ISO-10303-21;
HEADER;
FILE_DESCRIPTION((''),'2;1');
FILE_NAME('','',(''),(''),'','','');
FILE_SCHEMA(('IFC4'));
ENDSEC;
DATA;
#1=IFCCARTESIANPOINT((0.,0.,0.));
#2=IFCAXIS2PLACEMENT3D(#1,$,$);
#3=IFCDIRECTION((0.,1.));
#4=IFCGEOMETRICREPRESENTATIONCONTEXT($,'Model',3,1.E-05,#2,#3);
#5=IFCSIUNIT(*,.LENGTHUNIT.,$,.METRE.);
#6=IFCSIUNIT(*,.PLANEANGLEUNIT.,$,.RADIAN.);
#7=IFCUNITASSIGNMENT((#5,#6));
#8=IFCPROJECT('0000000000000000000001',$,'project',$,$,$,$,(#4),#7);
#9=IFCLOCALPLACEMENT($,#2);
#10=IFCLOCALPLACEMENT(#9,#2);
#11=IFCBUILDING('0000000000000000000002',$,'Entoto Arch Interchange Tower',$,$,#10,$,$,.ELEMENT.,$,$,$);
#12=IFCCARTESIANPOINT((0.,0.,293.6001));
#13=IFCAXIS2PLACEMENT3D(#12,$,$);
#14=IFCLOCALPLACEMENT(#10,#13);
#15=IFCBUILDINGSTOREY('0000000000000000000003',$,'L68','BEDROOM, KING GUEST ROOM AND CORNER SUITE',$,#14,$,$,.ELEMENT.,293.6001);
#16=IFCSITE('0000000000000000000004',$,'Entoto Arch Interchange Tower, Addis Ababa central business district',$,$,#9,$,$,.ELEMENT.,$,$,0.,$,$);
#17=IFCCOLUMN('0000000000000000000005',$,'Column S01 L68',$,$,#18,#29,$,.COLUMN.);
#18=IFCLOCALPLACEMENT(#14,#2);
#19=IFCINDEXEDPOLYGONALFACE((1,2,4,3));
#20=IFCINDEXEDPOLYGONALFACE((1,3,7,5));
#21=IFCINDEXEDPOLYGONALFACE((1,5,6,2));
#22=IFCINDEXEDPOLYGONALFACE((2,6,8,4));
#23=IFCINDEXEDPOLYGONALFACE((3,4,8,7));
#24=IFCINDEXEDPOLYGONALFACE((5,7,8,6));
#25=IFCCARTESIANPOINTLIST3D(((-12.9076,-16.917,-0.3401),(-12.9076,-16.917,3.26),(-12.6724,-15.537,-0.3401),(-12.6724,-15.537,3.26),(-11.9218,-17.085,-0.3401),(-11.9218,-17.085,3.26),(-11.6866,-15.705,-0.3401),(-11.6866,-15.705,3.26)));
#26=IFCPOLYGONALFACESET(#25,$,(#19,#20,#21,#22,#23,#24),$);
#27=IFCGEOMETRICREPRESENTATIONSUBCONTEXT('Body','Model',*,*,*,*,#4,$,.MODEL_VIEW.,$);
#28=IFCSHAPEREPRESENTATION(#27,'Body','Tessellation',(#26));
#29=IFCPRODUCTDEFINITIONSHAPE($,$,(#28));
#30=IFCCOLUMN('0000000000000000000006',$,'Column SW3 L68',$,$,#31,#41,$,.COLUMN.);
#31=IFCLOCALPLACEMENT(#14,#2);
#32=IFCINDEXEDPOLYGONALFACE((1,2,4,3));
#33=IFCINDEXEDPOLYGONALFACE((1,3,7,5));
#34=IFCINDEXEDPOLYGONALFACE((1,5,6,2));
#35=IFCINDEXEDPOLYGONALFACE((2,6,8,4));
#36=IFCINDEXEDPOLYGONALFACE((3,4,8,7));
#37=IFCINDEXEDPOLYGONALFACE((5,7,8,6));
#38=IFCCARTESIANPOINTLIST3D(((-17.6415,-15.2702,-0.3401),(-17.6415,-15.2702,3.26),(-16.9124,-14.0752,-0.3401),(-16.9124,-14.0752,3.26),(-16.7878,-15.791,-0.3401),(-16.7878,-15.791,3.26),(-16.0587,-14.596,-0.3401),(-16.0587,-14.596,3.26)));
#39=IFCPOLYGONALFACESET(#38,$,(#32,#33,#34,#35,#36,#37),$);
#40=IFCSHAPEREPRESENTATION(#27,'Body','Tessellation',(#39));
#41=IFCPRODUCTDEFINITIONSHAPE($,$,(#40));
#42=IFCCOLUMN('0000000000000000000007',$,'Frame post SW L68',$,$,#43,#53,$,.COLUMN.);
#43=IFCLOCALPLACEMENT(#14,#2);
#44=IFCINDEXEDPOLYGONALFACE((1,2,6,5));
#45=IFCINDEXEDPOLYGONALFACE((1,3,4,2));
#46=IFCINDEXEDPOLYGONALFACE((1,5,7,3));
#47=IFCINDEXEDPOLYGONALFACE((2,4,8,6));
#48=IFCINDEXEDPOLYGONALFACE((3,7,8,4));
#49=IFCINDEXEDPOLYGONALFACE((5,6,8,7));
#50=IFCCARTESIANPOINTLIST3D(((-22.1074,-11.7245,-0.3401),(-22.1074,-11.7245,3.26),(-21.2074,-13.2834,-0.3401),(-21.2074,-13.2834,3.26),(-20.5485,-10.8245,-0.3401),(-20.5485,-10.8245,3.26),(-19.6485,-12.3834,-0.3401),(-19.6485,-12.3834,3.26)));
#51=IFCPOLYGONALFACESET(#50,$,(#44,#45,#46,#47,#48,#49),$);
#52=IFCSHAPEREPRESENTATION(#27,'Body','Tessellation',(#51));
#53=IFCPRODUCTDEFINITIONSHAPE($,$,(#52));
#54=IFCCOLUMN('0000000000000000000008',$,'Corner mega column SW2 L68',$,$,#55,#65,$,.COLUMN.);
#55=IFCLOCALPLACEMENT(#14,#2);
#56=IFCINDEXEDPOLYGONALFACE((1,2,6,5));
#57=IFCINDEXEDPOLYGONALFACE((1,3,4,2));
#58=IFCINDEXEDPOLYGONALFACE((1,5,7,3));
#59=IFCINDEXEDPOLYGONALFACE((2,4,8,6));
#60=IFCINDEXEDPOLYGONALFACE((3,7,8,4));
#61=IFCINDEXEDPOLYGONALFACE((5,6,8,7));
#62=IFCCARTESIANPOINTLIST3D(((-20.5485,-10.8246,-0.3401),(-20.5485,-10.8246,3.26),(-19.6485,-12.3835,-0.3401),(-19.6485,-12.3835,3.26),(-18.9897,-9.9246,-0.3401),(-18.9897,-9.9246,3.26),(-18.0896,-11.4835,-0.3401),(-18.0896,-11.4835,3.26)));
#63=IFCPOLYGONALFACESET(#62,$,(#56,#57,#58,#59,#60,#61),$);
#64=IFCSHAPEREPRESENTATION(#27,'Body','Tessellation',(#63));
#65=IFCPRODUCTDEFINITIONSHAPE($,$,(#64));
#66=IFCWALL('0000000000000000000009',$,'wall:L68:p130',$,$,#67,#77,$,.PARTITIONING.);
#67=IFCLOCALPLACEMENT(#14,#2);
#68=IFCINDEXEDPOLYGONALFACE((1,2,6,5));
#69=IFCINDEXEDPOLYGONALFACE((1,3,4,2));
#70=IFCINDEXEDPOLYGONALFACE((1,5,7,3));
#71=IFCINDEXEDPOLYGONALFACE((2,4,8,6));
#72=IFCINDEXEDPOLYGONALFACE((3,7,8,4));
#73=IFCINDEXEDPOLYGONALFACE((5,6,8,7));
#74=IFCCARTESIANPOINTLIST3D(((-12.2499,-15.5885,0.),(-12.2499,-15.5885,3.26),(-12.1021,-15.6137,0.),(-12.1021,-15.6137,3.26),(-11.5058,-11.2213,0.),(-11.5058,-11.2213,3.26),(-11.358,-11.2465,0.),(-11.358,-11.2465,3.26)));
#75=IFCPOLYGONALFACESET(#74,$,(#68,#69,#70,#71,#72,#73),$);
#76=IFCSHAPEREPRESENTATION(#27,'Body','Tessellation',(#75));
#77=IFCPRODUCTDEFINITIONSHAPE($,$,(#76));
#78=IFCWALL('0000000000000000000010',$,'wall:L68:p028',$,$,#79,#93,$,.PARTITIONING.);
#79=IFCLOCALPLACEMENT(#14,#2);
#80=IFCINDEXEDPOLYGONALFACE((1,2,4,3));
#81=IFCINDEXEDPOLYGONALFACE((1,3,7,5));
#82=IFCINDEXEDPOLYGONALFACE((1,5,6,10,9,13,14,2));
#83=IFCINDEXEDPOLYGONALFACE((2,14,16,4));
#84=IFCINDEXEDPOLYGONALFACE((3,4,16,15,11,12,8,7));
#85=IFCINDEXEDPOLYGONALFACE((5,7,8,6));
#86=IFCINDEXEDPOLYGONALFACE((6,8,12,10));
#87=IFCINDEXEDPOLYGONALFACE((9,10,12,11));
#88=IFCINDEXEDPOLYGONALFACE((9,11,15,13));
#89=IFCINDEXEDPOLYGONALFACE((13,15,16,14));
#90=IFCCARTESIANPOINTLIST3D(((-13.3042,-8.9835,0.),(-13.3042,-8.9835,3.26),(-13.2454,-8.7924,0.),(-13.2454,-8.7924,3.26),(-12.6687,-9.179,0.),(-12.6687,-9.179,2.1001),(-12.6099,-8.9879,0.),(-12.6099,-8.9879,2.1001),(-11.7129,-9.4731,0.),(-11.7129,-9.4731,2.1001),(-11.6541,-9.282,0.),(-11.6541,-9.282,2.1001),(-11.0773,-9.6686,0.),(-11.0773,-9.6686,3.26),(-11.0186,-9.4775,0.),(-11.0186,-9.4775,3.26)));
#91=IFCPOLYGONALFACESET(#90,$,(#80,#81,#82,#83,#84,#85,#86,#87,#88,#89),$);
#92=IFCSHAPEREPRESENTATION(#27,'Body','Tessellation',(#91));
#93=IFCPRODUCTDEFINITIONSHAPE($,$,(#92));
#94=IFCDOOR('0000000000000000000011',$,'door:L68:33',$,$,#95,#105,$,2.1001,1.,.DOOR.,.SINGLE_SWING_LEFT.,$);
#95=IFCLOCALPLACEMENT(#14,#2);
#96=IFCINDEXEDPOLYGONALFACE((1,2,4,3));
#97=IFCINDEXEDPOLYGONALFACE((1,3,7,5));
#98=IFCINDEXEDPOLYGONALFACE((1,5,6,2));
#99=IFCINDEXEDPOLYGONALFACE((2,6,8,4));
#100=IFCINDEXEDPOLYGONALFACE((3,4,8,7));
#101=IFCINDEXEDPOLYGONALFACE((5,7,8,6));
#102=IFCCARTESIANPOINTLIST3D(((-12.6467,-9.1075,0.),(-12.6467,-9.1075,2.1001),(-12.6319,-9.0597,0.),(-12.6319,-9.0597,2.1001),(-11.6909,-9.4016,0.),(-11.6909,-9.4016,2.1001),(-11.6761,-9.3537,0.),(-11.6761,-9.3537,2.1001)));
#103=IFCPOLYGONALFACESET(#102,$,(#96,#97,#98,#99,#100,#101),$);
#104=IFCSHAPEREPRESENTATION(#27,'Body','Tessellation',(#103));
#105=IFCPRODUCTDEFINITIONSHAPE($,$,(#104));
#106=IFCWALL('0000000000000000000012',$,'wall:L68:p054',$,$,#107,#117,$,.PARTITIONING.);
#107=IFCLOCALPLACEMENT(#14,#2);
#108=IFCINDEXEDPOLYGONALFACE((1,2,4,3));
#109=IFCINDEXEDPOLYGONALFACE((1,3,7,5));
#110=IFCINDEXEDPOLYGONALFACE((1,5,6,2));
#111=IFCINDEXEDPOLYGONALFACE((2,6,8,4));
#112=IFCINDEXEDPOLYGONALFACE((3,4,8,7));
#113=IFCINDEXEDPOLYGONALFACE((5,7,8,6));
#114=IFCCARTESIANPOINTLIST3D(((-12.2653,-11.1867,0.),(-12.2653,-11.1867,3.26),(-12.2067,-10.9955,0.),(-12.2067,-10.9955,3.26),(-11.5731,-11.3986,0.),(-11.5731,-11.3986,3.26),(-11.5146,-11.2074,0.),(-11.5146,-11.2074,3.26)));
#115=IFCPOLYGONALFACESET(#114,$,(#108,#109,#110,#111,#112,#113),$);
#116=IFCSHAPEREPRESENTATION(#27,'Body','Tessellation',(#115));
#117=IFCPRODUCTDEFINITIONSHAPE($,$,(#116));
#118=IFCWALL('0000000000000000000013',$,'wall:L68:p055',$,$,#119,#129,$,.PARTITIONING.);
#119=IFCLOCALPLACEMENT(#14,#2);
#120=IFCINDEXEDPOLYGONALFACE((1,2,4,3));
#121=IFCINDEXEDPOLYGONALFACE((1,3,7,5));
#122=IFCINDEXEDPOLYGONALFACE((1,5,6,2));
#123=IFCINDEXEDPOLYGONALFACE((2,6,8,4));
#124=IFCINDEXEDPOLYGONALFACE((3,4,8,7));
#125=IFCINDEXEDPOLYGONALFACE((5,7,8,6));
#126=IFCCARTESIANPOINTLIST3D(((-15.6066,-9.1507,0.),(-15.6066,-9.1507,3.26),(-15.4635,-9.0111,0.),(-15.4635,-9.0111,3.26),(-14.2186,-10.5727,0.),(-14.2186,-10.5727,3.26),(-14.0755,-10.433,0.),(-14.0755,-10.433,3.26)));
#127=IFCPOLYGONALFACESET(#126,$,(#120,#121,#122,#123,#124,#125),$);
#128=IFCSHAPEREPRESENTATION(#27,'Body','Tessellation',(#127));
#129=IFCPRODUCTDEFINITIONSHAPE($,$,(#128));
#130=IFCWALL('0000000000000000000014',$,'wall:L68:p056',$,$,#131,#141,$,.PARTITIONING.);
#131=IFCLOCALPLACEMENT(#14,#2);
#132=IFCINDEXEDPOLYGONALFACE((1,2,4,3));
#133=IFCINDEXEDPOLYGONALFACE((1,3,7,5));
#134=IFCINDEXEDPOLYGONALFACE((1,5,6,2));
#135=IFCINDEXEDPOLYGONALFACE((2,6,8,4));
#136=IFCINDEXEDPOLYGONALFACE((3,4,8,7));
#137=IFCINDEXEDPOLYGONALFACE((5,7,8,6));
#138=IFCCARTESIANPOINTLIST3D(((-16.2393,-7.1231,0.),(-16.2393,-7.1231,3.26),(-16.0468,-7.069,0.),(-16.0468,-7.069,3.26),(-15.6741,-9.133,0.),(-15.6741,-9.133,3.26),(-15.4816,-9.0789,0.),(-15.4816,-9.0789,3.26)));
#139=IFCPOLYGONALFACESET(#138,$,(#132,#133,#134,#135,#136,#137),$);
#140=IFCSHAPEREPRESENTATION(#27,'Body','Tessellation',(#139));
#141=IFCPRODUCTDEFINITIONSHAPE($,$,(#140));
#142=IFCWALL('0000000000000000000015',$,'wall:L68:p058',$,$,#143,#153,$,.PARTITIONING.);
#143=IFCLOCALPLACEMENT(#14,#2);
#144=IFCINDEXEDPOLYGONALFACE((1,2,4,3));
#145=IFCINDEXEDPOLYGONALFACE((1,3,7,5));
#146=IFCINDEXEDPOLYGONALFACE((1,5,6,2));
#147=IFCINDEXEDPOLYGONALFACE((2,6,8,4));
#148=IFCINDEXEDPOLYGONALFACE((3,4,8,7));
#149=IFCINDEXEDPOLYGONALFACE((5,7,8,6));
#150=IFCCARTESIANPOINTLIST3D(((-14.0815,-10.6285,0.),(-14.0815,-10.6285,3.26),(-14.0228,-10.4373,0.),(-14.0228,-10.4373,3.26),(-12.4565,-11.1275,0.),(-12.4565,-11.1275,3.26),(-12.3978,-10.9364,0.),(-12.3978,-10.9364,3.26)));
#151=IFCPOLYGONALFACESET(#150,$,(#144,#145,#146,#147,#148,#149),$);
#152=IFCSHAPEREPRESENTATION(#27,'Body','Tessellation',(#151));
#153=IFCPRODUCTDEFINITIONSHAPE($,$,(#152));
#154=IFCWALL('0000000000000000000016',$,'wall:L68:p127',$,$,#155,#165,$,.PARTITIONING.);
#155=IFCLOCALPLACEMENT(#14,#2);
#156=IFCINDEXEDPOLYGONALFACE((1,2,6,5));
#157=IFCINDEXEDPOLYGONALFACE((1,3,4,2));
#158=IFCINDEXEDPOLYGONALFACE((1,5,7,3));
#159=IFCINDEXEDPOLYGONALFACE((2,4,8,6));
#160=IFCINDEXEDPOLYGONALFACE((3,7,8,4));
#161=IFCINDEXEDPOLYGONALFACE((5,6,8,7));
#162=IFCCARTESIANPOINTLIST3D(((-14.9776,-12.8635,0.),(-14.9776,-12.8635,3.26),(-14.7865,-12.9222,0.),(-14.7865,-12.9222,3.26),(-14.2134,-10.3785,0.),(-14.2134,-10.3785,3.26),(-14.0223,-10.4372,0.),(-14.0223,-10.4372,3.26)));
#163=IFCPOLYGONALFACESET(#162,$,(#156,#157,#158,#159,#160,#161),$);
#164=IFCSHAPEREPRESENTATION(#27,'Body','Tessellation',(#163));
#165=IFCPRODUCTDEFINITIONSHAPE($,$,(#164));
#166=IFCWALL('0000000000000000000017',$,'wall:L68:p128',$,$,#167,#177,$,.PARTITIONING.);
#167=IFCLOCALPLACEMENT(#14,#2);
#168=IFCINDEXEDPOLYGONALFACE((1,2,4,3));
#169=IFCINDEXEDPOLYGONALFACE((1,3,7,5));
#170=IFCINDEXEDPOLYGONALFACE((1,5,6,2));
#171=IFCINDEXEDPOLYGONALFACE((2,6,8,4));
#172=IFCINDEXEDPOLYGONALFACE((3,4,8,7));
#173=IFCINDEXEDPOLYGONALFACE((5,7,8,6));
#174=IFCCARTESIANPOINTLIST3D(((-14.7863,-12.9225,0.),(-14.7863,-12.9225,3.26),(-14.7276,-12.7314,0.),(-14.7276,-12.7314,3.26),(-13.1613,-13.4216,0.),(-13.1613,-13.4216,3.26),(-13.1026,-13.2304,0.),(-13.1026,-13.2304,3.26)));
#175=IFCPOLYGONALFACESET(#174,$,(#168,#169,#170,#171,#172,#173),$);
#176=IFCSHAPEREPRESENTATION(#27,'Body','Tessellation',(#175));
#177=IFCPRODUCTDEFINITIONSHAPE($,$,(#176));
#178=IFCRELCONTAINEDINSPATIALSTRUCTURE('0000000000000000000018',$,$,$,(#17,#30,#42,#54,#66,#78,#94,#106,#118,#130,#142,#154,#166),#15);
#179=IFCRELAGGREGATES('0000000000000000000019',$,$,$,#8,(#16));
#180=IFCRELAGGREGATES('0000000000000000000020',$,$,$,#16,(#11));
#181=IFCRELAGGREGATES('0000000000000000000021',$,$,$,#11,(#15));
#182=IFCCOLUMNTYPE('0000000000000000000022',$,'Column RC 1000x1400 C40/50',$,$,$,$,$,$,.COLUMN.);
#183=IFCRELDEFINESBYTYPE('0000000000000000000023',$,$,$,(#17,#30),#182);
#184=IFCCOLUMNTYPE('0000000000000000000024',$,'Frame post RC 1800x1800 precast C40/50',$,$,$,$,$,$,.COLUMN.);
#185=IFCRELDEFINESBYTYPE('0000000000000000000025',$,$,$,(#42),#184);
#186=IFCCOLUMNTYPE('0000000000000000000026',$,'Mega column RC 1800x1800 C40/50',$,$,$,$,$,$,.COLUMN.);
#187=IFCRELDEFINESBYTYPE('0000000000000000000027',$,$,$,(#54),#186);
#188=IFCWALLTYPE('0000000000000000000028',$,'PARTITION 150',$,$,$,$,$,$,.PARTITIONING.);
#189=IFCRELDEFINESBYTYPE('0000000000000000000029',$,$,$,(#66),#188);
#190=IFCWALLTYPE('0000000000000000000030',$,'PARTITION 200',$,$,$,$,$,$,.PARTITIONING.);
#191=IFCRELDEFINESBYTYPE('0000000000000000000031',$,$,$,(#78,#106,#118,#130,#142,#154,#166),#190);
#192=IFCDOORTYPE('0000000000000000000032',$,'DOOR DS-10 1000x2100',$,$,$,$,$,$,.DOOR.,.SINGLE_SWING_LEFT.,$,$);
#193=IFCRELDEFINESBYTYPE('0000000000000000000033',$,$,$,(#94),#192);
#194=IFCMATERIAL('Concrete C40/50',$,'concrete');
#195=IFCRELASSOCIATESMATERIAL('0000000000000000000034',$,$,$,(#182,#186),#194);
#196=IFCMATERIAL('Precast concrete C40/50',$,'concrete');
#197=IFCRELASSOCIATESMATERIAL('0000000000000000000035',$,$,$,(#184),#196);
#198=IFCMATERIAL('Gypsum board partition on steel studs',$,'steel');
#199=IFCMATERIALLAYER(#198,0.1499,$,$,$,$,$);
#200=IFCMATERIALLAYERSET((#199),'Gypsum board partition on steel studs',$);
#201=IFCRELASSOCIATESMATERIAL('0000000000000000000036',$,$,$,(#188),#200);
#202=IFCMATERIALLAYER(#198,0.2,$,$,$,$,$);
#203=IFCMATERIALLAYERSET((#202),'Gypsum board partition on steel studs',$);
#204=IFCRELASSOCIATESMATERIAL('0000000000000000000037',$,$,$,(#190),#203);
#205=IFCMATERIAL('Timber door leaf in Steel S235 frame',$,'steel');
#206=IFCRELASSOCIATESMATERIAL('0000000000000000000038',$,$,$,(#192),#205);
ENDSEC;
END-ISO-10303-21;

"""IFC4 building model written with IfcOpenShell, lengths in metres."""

from ifc_helpers import new_model, si_unit, direction, frame, frame_2d, origin, origin_2d, place, context, subcontext, project, spatial, rectangle, extrude, material, layer, layer_set, material_profile, profile_set, type_object, element, fill, save


model = new_model("IFC4")

# Units and contexts
model_context = context("Model", 3, precision=1e-05, world=origin(), true_north=direction((0.0, 1.0)))
body_context = subcontext(model_context, "Body", "Model", "MODEL_VIEW")
ifc_project = project(units=[si_unit("LENGTHUNIT", "METRE"), si_unit("PLANEANGLEUNIT", "RADIAN")], contexts=[model_context])

# Site, building, storey
site_placement = place(None, origin())
site = spatial("IfcSite", under=ifc_project, at=site_placement, Name="Entoto Arch Interchange Tower, Addis Ababa central business district", CompositionType="ELEMENT", RefElevation=0.0)
building_placement = place(site_placement, origin())
building = spatial("IfcBuilding", under=site, at=building_placement, Name="Entoto Arch Interchange Tower", CompositionType="ELEMENT")
storey_placement = place(building_placement, frame((0.0, 0.0, 293.6001)))
storey = spatial("IfcBuildingStorey", under=building, at=storey_placement, Name="L68", Description="BEDROOM, KING GUEST ROOM AND CORNER SUITE", CompositionType="ELEMENT", Elevation=293.6001)

# Columns
ifc_material_1 = material(Name="Concrete C40/50", Category="concrete")
ifc_material_profile_1 = material_profile(ifc_material_1, rectangle(XDim=1.0, YDim=1.3999, at=origin_2d()))
ifc_profile_set_1 = profile_set([ifc_material_profile_1], Name="Concrete C40/50")
column_type_1 = type_object("IfcColumnType", Name="Column RC 1000x1400 C40/50", PredefinedType="COLUMN", material=ifc_profile_set_1)
for number, where, z_axis, x_axis, name in (
    (1, (-12.2971, -16.311, -0.3401), (0.0, 0.0, 1.0), (-0.985786, 0.168008, 0.0), "Column S01 L68"),
    (2, (-16.8501, -14.9331, -0.3401), (0.0, 0.0, 1.0), (-0.853651, 0.520846, 0.0), "Column SW3 L68"),
):
    element("IfcColumn", number, at=place(storey_placement, frame(where, z_axis=z_axis, x_axis=x_axis)), inside=storey, type_object=column_type_1, Name=name, PredefinedType="COLUMN", context=body_context, shape_type="SweptSolid", body=[
        extrude(rectangle(XDim=1.0, YDim=1.3999, at=origin_2d()), origin(), (0.0, 0.0, 1.0), 3.6001),
    ])
ifc_material_2 = material(Name="Precast concrete C40/50", Category="concrete")
ifc_material_profile_2 = material_profile(ifc_material_2, rectangle(XDim=1.8, YDim=1.8, at=origin_2d()))
ifc_profile_set_2 = profile_set([ifc_material_profile_2], Name="Precast concrete C40/50")
column_type_2 = type_object("IfcColumnType", Name="Frame post RC 1800x1800 precast C40/50", PredefinedType="COLUMN", material=ifc_profile_set_2)
column_1_placement = place(storey_placement, frame((-20.8779, -12.054, -0.3401), z_axis=(0.0, 0.0, 1.0), x_axis=(0.866025, 0.5, 0.0)))
element("IfcColumn", 3, at=column_1_placement, inside=storey, type_object=column_type_2, Name="Frame post SW L68", PredefinedType="COLUMN", context=body_context, shape_type="SweptSolid", body=[
    extrude(rectangle(XDim=1.8, YDim=1.8, at=origin_2d()), origin(), (0.0, 0.0, 1.0), 3.6001),
])
ifc_material_profile_3 = material_profile(ifc_material_1, rectangle(XDim=1.8, YDim=1.8, at=origin_2d()))
ifc_profile_set_3 = profile_set([ifc_material_profile_3], Name="Concrete C40/50")
column_type_3 = type_object("IfcColumnType", Name="Mega column RC 1800x1800 C40/50", PredefinedType="COLUMN", material=ifc_profile_set_3)
column_2_placement = place(storey_placement, frame((-19.3191, -11.1541, -0.3401), z_axis=(0.0, 0.0, 1.0), x_axis=(0.866025, 0.5, 0.0)))
element("IfcColumn", 4, at=column_2_placement, inside=storey, type_object=column_type_3, Name="Corner mega column SW2 L68", PredefinedType="COLUMN", context=body_context, shape_type="SweptSolid", body=[
    extrude(rectangle(XDim=1.8, YDim=1.8, at=origin_2d()), origin(), (0.0, 0.0, 1.0), 3.6001),
])

# Wall
ifc_material_3 = material(Name="Gypsum board partition on steel studs", Category="steel")
ifc_layer_1 = layer(ifc_material_3, 0.1499)
ifc_layer_set_1 = layer_set([ifc_layer_1], Name="Gypsum board partition on steel studs")
wall_type_1 = type_object("IfcWallType", Name="PARTITION 150", PredefinedType="PARTITIONING", material=ifc_layer_set_1)
wall_1_placement = place(storey_placement, frame((-11.4319, -11.2339, 0.0), z_axis=(0.0, 0.0, 1.0), x_axis=(-0.167973, -0.985792, 0.0)))
element("IfcWall", 5, at=wall_1_placement, inside=storey, type_object=wall_type_1, Name="wall:L68:p130", PredefinedType="PARTITIONING", context=body_context, shape_type="SweptSolid", body=[
    extrude(rectangle(XDim=4.4302, YDim=0.1499, at=frame_2d((2.2151, 0.0))), origin(), (0.0, 0.0, 1.0), 3.26),
])

# Wall, opening, door
ifc_layer_2 = layer(ifc_material_3, 0.2)
ifc_layer_set_2 = layer_set([ifc_layer_2], Name="Gypsum board partition on steel studs")
wall_type_2 = type_object("IfcWallType", Name="PARTITION 200", PredefinedType="PARTITIONING", material=ifc_layer_set_2)
wall_2_placement = place(storey_placement, frame((-13.2749, -8.8879, 0.0), z_axis=(0.0, 0.0, 1.0), x_axis=(0.955793, -0.294042, 0.0)))
wall_2 = element("IfcWall", 6, at=wall_2_placement, inside=storey, type_object=wall_type_2, Name="wall:L68:p028", PredefinedType="PARTITIONING", context=body_context, shape_type="SweptSolid", body=[
    extrude(rectangle(XDim=2.3298, YDim=0.2, at=frame_2d((1.165, 0.0))), origin(), (0.0, 0.0, 1.0), 3.26),
])
opening_1_placement = place(wall_2_placement, frame((0.665, 0.0, 0.0)))
opening_1 = element("IfcOpeningElement", 7, at=opening_1_placement, cuts=wall_2, PredefinedType="OPENING", context=body_context, shape_type="SweptSolid", body=[
    extrude(rectangle(XDim=1.0, YDim=2.1001, at=frame_2d((0.5, 1.05))), frame((0.0, 0.1099, 0.0), z_axis=(0.0, -1.0, 0.0), x_axis=(1.0, 0.0, 0.0)), (0.0, 0.0, 1.0), 0.22),
])
ifc_material_4 = material(Name="Timber door leaf in Steel S235 frame", Category="steel")
door_type_1 = type_object("IfcDoorType", Name="DOOR DS-10 1000x2100", OperationType="SINGLE_SWING_LEFT", PredefinedType="DOOR", material=ifc_material_4)
door_1_placement = place(opening_1_placement, origin())
door_1 = element("IfcDoor", 8, at=door_1_placement, inside=storey, type_object=door_type_1, Name="door:L68:33", OperationType="SINGLE_SWING_LEFT", OverallHeight=2.1001, OverallWidth=1.0, PredefinedType="DOOR", context=body_context, shape_type="SweptSolid", body=[
    extrude(rectangle(XDim=1.0, YDim=2.1001, at=frame_2d((0.5, 1.05))), frame((0.0, 0.0249, 0.0), z_axis=(0.0, -1.0, 0.0), x_axis=(1.0, 0.0, 0.0)), (0.0, 0.0, 1.0), 0.05),
])
fill(opening_1, door_1)

# Walls
wall_3_placement = place(storey_placement, frame((-11.5439, -11.303, 0.0), z_axis=(0.0, 0.0, 1.0), x_axis=(-0.956186, 0.292758, 0.0)))
element("IfcWall", 9, at=wall_3_placement, inside=storey, type_object=wall_type_2, Name="wall:L68:p054", PredefinedType="PARTITIONING", context=body_context, shape_type="SweptSolid", body=[
    extrude(rectangle(XDim=0.7239, YDim=0.2, at=frame_2d((0.3618, 0.0))), origin(), (0.0, 0.0, 1.0), 3.26),
])
wall_4_placement = place(storey_placement, frame((-14.147, -10.5029, 0.0), z_axis=(0.0, 0.0, 1.0), x_axis=(-0.698516, 0.715595, 0.0)))
element("IfcWall", 10, at=wall_4_placement, inside=storey, type_object=wall_type_2, Name="wall:L68:p055", PredefinedType="PARTITIONING", context=body_context, shape_type="SweptSolid", body=[
    extrude(rectangle(XDim=1.9871, YDim=0.2, at=frame_2d((0.9937, 0.0))), origin(), (0.0, 0.0, 1.0), 3.26),
])
wall_5_placement = place(storey_placement, frame((-15.5779, -9.106, 0.0), z_axis=(0.0, 0.0, 1.0), x_axis=(-0.270688, 0.962667, 0.0)))
element("IfcWall", 11, at=wall_5_placement, inside=storey, type_object=wall_type_2, Name="wall:L68:p056", PredefinedType="PARTITIONING", context=body_context, shape_type="SweptSolid", body=[
    extrude(rectangle(XDim=2.0879, YDim=0.2, at=frame_2d((1.0439, 0.0))), origin(), (0.0, 0.0, 1.0), 3.26),
])
wall_6_placement = place(storey_placement, frame((-12.427, -11.032, 0.0), z_axis=(0.0, 0.0, 1.0), x_axis=(-0.95594, 0.293561, 0.0)))
element("IfcWall", 12, at=wall_6_placement, inside=storey, type_object=wall_type_2, Name="wall:L68:p058", PredefinedType="PARTITIONING", context=body_context, shape_type="SweptSolid", body=[
    extrude(rectangle(XDim=1.7, YDim=0.2, at=frame_2d((0.8501, 0.0))), origin(), (0.0, 0.0, 1.0), 3.26),
])
wall_7_placement = place(storey_placement, frame((-14.1179, -10.408, 0.0), z_axis=(0.0, 0.0, 1.0), x_axis=(-0.293914, -0.955832, 0.0)))
element("IfcWall", 13, at=wall_7_placement, inside=storey, type_object=wall_type_2, Name="wall:L68:p127", PredefinedType="PARTITIONING", context=body_context, shape_type="SweptSolid", body=[
    extrude(rectangle(XDim=2.5999, YDim=0.2, at=frame_2d((1.2998, 0.0))), origin(), (0.0, 0.0, 1.0), 3.26),
])
wall_8_placement = place(storey_placement, frame((-14.7571, -12.8269, 0.0), z_axis=(0.0, 0.0, 1.0), x_axis=(0.95594, -0.293561, 0.0)))
element("IfcWall", 14, at=wall_8_placement, inside=storey, type_object=wall_type_2, Name="wall:L68:p128", PredefinedType="PARTITIONING", context=body_context, shape_type="SweptSolid", body=[
    extrude(rectangle(XDim=1.7, YDim=0.2, at=frame_2d((0.8501, 0.0))), origin(), (0.0, 0.0, 1.0), 3.26),
])

save(model, "model.ifc")
